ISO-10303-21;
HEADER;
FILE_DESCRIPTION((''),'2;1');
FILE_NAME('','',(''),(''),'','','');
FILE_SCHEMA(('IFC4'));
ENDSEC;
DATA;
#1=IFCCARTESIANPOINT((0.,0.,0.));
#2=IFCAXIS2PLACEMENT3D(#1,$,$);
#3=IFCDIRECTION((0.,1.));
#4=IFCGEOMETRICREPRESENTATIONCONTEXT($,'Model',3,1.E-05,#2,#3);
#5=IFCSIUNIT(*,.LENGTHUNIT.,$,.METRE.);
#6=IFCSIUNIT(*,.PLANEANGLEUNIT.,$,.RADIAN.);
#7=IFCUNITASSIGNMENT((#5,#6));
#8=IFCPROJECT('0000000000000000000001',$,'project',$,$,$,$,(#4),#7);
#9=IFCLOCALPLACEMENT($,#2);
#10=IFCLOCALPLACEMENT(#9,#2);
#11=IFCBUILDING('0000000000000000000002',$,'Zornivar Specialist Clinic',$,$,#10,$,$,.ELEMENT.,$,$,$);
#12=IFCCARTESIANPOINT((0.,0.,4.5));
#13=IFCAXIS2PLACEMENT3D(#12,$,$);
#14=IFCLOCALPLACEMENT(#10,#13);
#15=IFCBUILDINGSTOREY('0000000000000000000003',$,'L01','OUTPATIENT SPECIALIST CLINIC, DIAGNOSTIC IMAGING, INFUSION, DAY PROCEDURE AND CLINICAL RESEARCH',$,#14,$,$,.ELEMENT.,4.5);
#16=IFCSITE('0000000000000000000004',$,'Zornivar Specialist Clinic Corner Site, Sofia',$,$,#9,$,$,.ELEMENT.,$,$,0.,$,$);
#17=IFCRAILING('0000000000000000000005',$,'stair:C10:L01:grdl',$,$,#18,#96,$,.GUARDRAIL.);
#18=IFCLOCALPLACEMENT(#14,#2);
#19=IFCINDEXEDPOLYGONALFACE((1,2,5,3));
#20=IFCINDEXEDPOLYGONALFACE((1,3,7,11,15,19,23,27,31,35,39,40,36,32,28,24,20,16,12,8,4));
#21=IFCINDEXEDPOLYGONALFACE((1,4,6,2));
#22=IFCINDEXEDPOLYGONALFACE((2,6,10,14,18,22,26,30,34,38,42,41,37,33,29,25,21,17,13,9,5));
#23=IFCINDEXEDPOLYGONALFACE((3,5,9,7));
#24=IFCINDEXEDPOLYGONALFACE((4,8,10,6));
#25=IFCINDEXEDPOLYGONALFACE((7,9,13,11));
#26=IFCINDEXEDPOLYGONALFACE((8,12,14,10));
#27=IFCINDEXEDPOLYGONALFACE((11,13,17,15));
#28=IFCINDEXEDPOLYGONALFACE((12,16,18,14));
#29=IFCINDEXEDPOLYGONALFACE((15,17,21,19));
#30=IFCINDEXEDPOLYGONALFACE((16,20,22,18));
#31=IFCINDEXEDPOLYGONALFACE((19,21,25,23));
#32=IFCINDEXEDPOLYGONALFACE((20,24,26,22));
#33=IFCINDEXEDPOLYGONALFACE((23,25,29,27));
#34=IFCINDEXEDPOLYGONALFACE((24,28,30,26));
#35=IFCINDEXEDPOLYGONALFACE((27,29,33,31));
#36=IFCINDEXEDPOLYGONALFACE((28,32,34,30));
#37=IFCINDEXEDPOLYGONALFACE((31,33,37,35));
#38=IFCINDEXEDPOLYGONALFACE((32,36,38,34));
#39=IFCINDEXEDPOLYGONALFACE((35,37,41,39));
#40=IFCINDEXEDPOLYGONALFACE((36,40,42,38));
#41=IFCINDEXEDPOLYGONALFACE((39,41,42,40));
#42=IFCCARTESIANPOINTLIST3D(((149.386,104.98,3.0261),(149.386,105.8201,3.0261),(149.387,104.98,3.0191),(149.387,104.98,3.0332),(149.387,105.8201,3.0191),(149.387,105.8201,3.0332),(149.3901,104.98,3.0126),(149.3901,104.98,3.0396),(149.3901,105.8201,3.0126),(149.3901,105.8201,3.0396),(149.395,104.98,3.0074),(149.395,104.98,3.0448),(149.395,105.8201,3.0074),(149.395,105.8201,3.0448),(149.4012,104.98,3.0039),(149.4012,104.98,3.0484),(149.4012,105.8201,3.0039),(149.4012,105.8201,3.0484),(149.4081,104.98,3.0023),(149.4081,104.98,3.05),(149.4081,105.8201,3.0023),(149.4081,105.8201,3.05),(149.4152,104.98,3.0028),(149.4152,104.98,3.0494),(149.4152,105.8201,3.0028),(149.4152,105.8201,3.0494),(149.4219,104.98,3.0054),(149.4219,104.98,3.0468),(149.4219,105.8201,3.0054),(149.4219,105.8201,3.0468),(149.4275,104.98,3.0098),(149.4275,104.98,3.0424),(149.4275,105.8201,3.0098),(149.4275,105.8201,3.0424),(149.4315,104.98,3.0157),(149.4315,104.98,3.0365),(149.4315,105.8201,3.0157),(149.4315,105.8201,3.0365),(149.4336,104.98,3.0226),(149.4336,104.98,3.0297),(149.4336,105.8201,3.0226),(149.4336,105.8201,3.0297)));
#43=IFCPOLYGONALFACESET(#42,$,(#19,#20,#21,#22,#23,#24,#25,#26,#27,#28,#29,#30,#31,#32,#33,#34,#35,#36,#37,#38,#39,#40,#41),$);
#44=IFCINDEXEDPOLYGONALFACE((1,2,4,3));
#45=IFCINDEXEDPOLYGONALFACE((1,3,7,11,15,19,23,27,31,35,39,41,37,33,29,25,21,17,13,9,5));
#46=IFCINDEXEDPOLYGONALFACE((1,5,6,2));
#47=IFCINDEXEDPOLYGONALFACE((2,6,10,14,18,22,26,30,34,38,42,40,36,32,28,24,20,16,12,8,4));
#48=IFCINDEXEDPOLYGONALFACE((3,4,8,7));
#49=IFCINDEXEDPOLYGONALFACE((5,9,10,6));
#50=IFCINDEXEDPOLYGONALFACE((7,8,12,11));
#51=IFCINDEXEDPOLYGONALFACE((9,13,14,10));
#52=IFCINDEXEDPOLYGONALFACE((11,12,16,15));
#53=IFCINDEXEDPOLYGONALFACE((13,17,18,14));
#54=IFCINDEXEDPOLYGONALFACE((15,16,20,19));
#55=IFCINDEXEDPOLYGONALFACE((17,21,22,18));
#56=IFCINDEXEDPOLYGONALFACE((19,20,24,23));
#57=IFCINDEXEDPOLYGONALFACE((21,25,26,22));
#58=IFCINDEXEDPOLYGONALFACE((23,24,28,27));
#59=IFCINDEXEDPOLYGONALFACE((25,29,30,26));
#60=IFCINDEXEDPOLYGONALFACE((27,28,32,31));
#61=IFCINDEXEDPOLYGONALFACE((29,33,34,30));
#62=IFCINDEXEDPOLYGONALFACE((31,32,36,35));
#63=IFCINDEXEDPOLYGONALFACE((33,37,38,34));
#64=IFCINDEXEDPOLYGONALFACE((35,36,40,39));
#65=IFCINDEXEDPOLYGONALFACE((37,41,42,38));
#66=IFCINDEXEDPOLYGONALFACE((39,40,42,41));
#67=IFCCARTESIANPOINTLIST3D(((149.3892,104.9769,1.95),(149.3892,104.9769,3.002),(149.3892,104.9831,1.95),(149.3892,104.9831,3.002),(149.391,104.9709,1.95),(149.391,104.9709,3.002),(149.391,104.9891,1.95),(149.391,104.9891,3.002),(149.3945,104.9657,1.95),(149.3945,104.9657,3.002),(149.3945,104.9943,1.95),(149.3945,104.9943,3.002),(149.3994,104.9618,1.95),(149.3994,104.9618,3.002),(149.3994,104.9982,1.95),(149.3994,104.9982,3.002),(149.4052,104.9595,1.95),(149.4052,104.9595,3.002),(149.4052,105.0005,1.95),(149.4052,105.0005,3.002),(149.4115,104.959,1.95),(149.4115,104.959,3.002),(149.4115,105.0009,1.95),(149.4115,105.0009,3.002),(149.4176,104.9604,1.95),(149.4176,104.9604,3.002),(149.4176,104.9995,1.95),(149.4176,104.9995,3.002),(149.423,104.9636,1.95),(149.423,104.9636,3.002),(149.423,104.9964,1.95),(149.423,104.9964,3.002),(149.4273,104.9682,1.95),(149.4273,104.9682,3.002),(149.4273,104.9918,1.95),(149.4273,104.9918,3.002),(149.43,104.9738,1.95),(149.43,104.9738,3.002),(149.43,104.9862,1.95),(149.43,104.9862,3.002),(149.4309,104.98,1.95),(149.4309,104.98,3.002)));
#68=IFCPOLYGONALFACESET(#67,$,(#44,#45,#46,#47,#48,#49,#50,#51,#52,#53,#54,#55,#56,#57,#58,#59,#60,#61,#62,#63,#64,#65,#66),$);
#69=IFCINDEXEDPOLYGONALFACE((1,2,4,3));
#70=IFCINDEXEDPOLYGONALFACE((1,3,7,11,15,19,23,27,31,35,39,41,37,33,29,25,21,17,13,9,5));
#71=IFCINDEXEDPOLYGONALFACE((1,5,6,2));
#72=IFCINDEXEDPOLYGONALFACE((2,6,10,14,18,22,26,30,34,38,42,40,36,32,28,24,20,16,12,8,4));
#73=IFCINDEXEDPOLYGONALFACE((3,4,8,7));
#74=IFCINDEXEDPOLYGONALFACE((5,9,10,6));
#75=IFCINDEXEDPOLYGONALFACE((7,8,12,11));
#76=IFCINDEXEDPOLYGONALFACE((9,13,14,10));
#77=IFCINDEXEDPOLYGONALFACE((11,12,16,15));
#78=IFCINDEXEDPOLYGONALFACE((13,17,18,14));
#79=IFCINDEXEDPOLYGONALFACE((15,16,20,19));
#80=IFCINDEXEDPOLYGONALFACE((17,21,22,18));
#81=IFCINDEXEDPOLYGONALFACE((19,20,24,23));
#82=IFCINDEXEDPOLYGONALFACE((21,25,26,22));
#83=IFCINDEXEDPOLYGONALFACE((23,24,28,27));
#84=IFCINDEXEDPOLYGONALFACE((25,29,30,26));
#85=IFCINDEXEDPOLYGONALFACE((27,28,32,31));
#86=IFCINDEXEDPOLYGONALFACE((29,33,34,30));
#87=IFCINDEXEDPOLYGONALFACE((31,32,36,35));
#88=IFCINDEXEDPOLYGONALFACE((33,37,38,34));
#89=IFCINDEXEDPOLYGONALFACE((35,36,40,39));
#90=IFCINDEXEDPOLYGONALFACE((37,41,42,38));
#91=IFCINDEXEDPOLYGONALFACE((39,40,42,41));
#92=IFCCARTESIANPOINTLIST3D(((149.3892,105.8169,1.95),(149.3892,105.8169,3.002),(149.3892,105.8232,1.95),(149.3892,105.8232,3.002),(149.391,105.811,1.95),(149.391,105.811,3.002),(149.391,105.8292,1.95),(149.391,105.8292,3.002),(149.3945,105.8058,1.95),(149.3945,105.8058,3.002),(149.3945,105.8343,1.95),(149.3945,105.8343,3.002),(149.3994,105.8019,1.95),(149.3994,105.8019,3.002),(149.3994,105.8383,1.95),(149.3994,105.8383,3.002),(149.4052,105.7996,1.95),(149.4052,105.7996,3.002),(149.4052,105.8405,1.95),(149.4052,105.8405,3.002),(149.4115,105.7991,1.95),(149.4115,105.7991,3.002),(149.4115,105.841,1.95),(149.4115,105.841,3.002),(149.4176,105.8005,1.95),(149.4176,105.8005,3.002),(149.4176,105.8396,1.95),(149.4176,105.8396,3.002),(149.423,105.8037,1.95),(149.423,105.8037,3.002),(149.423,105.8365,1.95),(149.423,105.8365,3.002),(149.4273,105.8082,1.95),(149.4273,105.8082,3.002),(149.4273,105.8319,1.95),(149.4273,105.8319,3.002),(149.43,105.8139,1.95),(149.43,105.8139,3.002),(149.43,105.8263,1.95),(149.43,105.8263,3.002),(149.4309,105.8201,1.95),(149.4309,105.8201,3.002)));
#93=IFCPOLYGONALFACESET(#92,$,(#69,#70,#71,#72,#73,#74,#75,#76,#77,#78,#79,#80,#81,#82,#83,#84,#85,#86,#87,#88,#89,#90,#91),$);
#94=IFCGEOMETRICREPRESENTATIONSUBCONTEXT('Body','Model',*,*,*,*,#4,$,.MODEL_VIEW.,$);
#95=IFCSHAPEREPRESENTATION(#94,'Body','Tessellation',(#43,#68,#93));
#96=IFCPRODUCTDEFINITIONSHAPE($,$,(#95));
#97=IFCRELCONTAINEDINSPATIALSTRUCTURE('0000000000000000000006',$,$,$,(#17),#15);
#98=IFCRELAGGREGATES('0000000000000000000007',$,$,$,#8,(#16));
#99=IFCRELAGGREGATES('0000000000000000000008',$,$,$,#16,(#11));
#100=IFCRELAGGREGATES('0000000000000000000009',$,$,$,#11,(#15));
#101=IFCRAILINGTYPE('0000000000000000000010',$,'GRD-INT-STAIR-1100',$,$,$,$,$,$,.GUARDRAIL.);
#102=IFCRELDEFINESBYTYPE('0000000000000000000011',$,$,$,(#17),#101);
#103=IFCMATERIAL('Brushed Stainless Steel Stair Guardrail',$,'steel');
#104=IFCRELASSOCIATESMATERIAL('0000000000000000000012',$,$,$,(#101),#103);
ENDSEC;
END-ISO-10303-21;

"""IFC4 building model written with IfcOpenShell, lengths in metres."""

from ifc_helpers import new_model, si_unit, direction, frame, origin, origin_2d, place, context, subcontext, project, spatial, circle, extrude, material, type_object, element, save


model = new_model("IFC4")

# Units and contexts
model_context = context("Model", 3, precision=1e-05, world=origin(), true_north=direction((0.0, 1.0)))
body_context = subcontext(model_context, "Body", "Model", "MODEL_VIEW")
ifc_project = project(units=[si_unit("LENGTHUNIT", "METRE"), si_unit("PLANEANGLEUNIT", "RADIAN")], contexts=[model_context])

# Site, building, storey
site_placement = place(None, origin())
site = spatial("IfcSite", under=ifc_project, at=site_placement, Name="Zornivar Specialist Clinic Corner Site, Sofia", CompositionType="ELEMENT", RefElevation=0.0)
building_placement = place(site_placement, origin())
building = spatial("IfcBuilding", under=site, at=building_placement, Name="Zornivar Specialist Clinic", CompositionType="ELEMENT")
storey_placement = place(building_placement, frame((0.0, 0.0, 4.5)))
storey = spatial("IfcBuildingStorey", under=building, at=storey_placement, Name="L01", Description="OUTPATIENT SPECIALIST CLINIC, DIAGNOSTIC IMAGING, INFUSION, DAY PROCEDURE AND CLINICAL RESEARCH", CompositionType="ELEMENT", Elevation=4.5)

# Railing
ifc_material_1 = material(Name="Brushed Stainless Steel Stair Guardrail", Category="steel")
railing_type_1 = type_object("IfcRailingType", Name="GRD-INT-STAIR-1100", PredefinedType="GUARDRAIL", material=ifc_material_1)
railing_1_placement = place(storey_placement, frame((149.4099, 104.98, 1.95)))
element("IfcRailing", 1, at=railing_1_placement, inside=storey, type_object=railing_type_1, Name="stair:C10:L01:grdl", PredefinedType="GUARDRAIL", context=body_context, shape_type="SweptSolid", body=[
    extrude(circle(Radius=0.0239, at=origin_2d()), frame((0.0, 0.0, 1.0762), z_axis=(0.0, 1.0, 0.0), x_axis=(-1.0, 0.0, 0.0)), (0.0, 0.0, 1.0), 0.8401),
    extrude(circle(Radius=0.021, at=origin_2d()), origin(), (0.0, 0.0, 1.0), 1.052),
    extrude(circle(Radius=0.021, at=origin_2d()), frame((0.0, 0.8401, 0.0)), (0.0, 0.0, 1.0), 1.052),
])

save(model, "model.ifc")
